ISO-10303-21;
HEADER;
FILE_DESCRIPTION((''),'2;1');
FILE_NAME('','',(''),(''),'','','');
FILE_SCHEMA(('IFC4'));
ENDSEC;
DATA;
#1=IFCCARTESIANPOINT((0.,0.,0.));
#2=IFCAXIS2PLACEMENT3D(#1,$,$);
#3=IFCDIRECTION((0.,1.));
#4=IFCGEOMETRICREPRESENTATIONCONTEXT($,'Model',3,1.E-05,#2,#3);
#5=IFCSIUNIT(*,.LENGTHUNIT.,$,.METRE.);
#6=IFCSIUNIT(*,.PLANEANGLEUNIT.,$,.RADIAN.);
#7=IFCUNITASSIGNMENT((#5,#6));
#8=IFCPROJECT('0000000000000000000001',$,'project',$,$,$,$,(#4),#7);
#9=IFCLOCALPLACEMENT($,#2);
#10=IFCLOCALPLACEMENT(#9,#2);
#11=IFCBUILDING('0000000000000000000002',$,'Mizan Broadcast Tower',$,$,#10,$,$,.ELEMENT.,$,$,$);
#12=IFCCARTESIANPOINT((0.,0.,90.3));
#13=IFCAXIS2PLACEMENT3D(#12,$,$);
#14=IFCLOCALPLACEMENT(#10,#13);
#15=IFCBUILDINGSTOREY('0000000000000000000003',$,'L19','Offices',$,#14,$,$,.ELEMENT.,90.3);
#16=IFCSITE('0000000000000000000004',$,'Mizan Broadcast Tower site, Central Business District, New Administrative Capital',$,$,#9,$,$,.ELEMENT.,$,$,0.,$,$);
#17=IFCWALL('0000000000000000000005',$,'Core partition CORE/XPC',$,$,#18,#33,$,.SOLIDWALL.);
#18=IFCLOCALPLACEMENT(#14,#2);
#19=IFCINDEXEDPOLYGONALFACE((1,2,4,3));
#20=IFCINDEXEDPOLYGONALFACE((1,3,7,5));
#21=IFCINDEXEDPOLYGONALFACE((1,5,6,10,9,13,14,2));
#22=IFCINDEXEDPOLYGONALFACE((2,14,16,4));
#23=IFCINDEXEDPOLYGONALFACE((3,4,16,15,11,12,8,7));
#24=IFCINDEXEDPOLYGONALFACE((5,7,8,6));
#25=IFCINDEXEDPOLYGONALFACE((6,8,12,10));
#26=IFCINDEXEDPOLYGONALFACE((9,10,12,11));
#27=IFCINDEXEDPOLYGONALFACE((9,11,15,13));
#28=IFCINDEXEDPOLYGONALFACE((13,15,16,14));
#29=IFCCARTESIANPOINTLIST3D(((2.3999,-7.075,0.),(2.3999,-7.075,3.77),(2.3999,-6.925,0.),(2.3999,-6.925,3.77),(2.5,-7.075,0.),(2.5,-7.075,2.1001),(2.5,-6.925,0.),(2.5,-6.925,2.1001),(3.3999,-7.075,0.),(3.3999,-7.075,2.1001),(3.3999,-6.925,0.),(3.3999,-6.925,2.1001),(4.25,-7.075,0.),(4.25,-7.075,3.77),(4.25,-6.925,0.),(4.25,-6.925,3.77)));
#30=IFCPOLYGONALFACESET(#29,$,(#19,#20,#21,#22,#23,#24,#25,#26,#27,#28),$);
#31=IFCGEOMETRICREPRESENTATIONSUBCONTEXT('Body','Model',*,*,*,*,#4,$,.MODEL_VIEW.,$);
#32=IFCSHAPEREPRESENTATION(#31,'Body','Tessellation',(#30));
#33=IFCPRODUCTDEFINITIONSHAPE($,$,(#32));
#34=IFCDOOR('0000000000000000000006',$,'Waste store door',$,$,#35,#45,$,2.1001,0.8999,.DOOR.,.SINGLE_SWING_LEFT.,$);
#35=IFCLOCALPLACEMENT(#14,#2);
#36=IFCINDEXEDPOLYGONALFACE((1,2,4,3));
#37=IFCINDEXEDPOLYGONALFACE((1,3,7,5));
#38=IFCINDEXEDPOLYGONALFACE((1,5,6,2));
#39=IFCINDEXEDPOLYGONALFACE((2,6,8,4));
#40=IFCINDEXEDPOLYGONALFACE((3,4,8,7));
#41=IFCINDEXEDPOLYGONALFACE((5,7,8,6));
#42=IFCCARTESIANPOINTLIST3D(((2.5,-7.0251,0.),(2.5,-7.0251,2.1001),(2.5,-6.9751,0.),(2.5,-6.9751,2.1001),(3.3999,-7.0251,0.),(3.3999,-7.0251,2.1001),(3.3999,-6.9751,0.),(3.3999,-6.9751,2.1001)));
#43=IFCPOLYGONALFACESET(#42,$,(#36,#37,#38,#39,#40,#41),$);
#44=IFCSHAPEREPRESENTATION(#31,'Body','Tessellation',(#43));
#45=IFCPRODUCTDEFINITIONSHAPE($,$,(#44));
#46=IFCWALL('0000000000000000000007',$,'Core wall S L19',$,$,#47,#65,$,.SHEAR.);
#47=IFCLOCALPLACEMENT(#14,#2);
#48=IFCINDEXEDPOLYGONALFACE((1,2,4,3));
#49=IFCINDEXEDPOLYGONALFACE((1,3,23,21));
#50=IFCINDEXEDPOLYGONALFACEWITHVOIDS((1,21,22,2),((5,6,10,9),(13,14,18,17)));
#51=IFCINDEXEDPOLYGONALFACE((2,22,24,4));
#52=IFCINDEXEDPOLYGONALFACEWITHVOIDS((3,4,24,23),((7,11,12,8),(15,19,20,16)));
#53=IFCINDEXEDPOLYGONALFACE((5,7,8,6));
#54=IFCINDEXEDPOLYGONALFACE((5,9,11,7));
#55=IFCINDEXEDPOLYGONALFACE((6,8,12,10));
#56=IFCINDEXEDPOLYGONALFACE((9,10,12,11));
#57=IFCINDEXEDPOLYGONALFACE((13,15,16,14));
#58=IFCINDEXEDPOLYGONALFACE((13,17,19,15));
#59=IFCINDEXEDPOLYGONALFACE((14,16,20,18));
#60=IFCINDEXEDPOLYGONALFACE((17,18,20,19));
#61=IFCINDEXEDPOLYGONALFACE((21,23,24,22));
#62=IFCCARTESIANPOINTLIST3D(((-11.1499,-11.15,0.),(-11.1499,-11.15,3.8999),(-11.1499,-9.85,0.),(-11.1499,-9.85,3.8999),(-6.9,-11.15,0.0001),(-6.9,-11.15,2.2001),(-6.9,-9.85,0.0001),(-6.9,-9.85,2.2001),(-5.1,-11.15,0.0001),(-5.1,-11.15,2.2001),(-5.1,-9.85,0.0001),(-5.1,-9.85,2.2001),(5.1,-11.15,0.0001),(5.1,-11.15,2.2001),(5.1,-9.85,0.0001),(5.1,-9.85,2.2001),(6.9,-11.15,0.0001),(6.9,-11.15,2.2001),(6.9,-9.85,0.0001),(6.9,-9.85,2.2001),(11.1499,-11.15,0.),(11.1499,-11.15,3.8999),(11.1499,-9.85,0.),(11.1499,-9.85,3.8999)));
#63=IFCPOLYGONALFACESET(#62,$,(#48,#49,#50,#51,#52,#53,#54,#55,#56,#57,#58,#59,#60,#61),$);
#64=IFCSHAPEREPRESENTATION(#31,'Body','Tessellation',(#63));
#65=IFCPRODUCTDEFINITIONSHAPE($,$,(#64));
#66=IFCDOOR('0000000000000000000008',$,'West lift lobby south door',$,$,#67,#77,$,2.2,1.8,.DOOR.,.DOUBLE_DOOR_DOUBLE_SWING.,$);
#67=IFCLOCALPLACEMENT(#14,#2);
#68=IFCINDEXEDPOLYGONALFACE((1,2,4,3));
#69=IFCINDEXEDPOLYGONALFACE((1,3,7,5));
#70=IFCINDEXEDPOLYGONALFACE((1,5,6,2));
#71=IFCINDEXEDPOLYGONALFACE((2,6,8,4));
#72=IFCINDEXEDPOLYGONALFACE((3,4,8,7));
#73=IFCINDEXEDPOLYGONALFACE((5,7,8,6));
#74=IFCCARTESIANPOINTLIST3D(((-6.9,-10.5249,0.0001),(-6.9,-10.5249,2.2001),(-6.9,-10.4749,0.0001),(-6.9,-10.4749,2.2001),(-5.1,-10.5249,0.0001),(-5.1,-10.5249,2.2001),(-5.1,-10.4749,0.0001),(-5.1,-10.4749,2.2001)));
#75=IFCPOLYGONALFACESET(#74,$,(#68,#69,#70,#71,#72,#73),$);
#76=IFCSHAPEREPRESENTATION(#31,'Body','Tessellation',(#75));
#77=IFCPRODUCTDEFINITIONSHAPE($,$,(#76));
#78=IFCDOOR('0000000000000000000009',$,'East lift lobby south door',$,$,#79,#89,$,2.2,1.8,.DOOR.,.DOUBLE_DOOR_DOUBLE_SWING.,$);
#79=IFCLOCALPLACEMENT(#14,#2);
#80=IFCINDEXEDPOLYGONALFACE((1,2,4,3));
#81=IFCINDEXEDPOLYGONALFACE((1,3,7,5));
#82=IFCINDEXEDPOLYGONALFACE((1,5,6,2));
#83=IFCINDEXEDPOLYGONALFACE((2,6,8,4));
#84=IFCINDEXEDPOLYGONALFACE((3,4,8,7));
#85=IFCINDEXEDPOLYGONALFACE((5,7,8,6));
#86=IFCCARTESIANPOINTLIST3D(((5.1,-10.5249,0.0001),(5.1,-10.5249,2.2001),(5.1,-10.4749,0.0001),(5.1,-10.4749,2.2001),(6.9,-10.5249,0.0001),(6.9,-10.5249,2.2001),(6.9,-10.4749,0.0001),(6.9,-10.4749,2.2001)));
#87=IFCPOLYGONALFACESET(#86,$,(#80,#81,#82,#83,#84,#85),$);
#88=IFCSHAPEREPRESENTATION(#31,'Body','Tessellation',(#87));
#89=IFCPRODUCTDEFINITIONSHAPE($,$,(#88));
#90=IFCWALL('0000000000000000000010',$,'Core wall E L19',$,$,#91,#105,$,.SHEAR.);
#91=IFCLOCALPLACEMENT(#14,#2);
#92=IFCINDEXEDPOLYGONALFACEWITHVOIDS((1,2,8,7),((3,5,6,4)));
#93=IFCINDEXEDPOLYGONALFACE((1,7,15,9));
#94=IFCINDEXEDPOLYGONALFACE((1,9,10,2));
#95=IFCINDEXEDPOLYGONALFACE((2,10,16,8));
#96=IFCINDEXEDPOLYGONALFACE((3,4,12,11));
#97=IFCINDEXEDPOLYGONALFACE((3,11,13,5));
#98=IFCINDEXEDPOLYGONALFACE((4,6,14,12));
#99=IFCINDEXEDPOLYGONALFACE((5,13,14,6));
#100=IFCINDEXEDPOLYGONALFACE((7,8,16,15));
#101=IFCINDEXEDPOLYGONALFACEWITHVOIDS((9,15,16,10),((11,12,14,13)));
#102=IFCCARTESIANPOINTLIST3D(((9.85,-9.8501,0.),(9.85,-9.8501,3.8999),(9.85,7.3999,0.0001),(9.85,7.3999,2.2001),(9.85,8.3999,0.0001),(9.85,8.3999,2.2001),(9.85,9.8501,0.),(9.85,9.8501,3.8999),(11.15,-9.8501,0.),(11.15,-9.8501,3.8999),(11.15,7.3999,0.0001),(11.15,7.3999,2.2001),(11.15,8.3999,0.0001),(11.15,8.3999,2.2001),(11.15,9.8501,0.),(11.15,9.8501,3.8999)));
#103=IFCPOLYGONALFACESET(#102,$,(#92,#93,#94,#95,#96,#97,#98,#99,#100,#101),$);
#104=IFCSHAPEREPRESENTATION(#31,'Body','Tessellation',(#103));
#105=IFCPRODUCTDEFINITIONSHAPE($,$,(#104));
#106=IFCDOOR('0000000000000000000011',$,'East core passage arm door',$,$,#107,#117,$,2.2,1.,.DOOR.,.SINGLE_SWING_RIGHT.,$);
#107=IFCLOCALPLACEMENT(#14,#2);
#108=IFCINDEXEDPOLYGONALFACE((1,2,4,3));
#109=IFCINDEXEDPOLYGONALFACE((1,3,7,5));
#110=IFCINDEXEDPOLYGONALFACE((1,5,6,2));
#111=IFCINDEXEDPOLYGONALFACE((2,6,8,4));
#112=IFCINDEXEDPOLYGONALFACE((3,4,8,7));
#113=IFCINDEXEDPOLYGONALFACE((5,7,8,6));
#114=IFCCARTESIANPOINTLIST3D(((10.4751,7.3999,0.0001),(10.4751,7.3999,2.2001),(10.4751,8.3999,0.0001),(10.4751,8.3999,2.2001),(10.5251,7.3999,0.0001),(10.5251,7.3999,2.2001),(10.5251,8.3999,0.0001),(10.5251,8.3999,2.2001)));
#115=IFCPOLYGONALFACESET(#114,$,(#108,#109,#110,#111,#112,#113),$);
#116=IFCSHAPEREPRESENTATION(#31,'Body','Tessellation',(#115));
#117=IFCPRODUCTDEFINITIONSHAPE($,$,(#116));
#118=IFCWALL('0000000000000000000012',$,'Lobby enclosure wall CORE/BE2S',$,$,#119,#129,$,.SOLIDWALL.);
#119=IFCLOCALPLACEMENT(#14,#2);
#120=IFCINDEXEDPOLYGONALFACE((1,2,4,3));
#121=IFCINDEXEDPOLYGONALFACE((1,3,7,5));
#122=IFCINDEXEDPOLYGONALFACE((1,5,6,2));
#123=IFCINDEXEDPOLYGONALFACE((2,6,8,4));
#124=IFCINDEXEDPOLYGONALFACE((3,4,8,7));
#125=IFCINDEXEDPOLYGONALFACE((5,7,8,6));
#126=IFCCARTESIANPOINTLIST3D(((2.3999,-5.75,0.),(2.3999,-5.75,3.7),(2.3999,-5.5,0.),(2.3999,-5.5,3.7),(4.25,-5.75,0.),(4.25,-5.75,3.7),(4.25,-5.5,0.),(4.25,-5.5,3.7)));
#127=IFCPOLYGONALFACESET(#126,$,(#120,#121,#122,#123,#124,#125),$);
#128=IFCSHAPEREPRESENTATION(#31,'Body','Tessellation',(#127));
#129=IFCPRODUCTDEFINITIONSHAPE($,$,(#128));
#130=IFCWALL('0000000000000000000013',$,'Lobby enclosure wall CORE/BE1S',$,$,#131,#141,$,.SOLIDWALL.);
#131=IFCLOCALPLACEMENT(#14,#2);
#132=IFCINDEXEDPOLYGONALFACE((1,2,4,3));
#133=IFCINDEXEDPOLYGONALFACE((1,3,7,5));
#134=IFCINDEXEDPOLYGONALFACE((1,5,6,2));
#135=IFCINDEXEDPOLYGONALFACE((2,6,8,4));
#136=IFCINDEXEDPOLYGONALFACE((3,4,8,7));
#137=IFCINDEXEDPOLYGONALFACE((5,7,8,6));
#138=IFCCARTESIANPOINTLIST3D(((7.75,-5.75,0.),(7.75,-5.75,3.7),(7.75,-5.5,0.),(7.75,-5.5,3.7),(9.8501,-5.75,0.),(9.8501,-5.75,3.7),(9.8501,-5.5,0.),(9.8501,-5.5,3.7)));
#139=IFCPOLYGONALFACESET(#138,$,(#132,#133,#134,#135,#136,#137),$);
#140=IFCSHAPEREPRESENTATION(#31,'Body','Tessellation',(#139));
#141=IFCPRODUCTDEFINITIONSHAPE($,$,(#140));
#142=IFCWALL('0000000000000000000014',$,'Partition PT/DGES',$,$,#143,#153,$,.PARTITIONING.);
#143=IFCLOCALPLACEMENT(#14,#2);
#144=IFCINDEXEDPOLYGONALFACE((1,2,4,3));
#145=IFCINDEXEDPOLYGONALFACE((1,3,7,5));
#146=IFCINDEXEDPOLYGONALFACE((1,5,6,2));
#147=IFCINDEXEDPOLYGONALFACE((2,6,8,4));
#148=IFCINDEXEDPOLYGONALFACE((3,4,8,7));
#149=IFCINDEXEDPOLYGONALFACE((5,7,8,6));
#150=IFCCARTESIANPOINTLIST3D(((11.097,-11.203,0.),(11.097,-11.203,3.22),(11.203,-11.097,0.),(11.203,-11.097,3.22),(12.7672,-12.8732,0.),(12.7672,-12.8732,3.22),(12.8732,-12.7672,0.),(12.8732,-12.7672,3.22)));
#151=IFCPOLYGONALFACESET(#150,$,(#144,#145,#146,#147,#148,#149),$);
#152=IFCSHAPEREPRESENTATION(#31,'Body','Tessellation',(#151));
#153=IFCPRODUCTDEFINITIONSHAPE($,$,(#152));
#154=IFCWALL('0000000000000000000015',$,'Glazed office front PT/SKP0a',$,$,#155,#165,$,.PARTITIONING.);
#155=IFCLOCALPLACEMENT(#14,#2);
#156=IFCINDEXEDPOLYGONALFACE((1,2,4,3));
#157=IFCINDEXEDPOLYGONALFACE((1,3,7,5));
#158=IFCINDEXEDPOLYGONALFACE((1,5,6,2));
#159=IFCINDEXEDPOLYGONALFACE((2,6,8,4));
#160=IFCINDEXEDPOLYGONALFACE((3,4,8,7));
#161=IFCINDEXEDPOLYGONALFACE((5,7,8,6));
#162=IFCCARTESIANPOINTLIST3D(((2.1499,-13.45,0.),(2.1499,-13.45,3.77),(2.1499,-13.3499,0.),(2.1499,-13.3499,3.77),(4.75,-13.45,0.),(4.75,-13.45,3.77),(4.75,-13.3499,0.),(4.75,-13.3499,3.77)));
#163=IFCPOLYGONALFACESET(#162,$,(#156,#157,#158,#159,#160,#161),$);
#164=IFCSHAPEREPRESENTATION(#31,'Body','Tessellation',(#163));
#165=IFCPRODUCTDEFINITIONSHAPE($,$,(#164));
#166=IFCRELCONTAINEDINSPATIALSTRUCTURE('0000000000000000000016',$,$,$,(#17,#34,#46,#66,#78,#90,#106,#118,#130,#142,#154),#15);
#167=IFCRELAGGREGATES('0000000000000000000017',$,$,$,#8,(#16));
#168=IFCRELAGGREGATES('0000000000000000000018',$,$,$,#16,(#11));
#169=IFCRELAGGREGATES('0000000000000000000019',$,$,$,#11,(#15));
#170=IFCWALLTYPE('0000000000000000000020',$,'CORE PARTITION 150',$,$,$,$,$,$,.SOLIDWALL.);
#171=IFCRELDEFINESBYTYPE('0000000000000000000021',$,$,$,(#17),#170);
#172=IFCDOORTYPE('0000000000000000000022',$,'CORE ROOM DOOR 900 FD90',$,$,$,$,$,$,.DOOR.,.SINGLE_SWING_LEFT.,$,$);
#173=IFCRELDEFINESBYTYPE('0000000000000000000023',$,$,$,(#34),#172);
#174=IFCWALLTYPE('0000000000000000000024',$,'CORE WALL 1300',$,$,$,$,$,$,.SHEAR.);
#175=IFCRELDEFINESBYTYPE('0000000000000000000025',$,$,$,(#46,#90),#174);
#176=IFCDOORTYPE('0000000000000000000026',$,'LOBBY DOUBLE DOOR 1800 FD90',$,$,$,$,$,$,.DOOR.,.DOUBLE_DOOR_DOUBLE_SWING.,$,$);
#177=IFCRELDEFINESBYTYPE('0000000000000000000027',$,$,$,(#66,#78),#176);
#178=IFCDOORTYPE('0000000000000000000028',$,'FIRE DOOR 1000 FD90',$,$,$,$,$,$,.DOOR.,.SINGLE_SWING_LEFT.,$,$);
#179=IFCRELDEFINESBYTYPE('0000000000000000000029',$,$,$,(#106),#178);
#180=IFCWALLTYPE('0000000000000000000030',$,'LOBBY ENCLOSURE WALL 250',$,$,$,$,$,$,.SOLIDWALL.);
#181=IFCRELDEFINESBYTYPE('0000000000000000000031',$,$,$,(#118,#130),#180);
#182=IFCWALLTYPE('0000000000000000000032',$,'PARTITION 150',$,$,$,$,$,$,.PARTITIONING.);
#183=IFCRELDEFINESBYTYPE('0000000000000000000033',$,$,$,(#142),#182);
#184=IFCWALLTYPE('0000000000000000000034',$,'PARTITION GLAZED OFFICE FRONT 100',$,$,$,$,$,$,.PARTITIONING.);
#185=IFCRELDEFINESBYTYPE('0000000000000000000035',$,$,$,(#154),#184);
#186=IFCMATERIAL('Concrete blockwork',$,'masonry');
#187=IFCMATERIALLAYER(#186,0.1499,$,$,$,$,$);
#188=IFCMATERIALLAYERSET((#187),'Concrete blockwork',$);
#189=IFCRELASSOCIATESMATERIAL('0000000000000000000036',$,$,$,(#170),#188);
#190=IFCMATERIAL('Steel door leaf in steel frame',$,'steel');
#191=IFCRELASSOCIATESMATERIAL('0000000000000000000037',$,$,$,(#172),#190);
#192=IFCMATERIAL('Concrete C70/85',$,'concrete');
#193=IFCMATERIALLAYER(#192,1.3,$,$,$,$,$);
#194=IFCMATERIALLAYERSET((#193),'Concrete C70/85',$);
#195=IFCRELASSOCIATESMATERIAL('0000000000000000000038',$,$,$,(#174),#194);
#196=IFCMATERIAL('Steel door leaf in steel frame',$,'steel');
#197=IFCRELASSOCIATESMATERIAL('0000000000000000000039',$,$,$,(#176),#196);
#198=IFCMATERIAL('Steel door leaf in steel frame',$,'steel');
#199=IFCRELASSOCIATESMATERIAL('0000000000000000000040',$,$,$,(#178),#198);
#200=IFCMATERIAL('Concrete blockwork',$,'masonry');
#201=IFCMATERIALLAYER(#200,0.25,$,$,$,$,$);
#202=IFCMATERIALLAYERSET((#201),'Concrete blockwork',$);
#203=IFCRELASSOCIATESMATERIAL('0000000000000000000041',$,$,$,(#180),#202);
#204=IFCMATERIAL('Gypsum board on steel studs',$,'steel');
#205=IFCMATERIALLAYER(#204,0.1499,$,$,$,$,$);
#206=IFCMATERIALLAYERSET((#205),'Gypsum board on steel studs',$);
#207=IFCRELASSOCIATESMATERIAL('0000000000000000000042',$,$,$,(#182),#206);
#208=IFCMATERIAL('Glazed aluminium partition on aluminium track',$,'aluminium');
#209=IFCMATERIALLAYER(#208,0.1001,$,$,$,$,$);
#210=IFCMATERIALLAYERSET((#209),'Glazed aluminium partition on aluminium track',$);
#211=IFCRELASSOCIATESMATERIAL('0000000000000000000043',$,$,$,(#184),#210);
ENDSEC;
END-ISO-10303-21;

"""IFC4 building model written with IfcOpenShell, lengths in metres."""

from ifc_helpers import new_model, si_unit, direction, frame, frame_2d, origin, place, context, subcontext, project, spatial, rectangle, extrude, material, layer, layer_set, type_object, element, fill, save


model = new_model("IFC4")

# Units and contexts
model_context = context("Model", 3, precision=1e-05, world=origin(), true_north=direction((0.0, 1.0)))
body_context = subcontext(model_context, "Body", "Model", "MODEL_VIEW")
ifc_project = project(units=[si_unit("LENGTHUNIT", "METRE"), si_unit("PLANEANGLEUNIT", "RADIAN")], contexts=[model_context])

# Site, building, storey
site_placement = place(None, origin())
site = spatial("IfcSite", under=ifc_project, at=site_placement, Name="Mizan Broadcast Tower site, Central Business District, New Administrative Capital", CompositionType="ELEMENT", RefElevation=0.0)
building_placement = place(site_placement, origin())
building = spatial("IfcBuilding", under=site, at=building_placement, Name="Mizan Broadcast Tower", CompositionType="ELEMENT")
storey_placement = place(building_placement, frame((0.0, 0.0, 90.3)))
storey = spatial("IfcBuildingStorey", under=building, at=storey_placement, Name="L19", Description="Offices", CompositionType="ELEMENT", Elevation=90.3)

# Wall, opening, door
ifc_material_1 = material(Name="Concrete blockwork", Category="masonry")
ifc_layer_1 = layer(ifc_material_1, 0.1499)
ifc_layer_set_1 = layer_set([ifc_layer_1], Name="Concrete blockwork")
wall_type_1 = type_object("IfcWallType", Name="CORE PARTITION 150", PredefinedType="SOLIDWALL", material=ifc_layer_set_1)
wall_1_placement = place(storey_placement, frame((2.3999, -7.0, 0.0), z_axis=(0.0, 0.0, 1.0), x_axis=(1.0, 0.0, 0.0)))
wall_1 = element("IfcWall", 1, at=wall_1_placement, inside=storey, type_object=wall_type_1, Name="Core partition CORE/XPC", PredefinedType="SOLIDWALL", context=body_context, shape_type="SweptSolid", body=[
    extrude(rectangle(XDim=1.8501, YDim=0.1499, at=frame_2d((0.925, 0.0))), origin(), (0.0, 0.0, 1.0), 3.77),
])
opening_1_placement = place(wall_1_placement, frame((0.1001, 0.0, 0.0)))
opening_1 = element("IfcOpeningElement", 2, at=opening_1_placement, cuts=wall_1, PredefinedType="OPENING", context=body_context, shape_type="SweptSolid", body=[
    extrude(rectangle(XDim=0.8999, YDim=2.1001, at=frame_2d((0.45, 1.05))), frame((0.0, 0.085, 0.0), z_axis=(0.0, -1.0, 0.0), x_axis=(1.0, 0.0, 0.0)), (0.0, 0.0, 1.0), 0.1699),
])
ifc_material_2 = material(Name="Steel door leaf in steel frame", Category="steel")
door_type_1 = type_object("IfcDoorType", Name="CORE ROOM DOOR 900 FD90", OperationType="SINGLE_SWING_LEFT", PredefinedType="DOOR", material=ifc_material_2)
door_1_placement = place(opening_1_placement, origin())
door_1 = element("IfcDoor", 3, at=door_1_placement, inside=storey, type_object=door_type_1, Name="Waste store door", OperationType="SINGLE_SWING_LEFT", OverallHeight=2.1001, OverallWidth=0.8999, PredefinedType="DOOR", context=body_context, shape_type="SweptSolid", body=[
    extrude(rectangle(XDim=0.8999, YDim=2.1001, at=frame_2d((0.45, 1.05))), frame((0.0, 0.0249, 0.0), z_axis=(0.0, -1.0, 0.0), x_axis=(1.0, 0.0, 0.0)), (0.0, 0.0, 1.0), 0.05),
])
fill(opening_1, door_1)

# Wall, openings, doors
ifc_material_3 = material(Name="Concrete C70/85", Category="concrete")
ifc_layer_2 = layer(ifc_material_3, 1.3)
ifc_layer_set_2 = layer_set([ifc_layer_2], Name="Concrete C70/85")
wall_type_2 = type_object("IfcWallType", Name="CORE WALL 1300", PredefinedType="SHEAR", material=ifc_layer_set_2)
wall_2_placement = place(storey_placement, frame((11.1499, -10.5, 0.0), z_axis=(0.0, 0.0, 1.0), x_axis=(-1.0, 0.0, 0.0)))
wall_2 = element("IfcWall", 4, at=wall_2_placement, inside=storey, type_object=wall_type_2, Name="Core wall S L19", PredefinedType="SHEAR", context=body_context, shape_type="SweptSolid", body=[
    extrude(rectangle(XDim=22.2998, YDim=1.3, at=frame_2d((11.1499, 0.0))), origin(), (0.0, 0.0, 1.0), 3.8999),
])
opening_2_placement = place(wall_2_placement, frame((16.25, 0.0, 0.0)))
opening_2 = element("IfcOpeningElement", 5, at=opening_2_placement, cuts=wall_2, PredefinedType="OPENING", context=body_context, shape_type="SweptSolid", body=[
    extrude(rectangle(XDim=1.8, YDim=2.2, at=frame_2d((0.8999, 1.1001))), frame((0.0, 0.6599, 0.0), z_axis=(0.0, -1.0, 0.0), x_axis=(1.0, 0.0, 0.0)), (0.0, 0.0, 1.0), 1.3201),
])
opening_3_placement = place(wall_2_placement, frame((4.25, 0.0, 0.0)))
opening_3 = element("IfcOpeningElement", 6, at=opening_3_placement, cuts=wall_2, PredefinedType="OPENING", context=body_context, shape_type="SweptSolid", body=[
    extrude(rectangle(XDim=1.8, YDim=2.2, at=frame_2d((0.8999, 1.1001))), frame((0.0, 0.6599, 0.0), z_axis=(0.0, -1.0, 0.0), x_axis=(1.0, 0.0, 0.0)), (0.0, 0.0, 1.0), 1.3201),
])
ifc_material_4 = material(Name="Steel door leaf in steel frame", Category="steel")
door_type_2 = type_object("IfcDoorType", Name="LOBBY DOUBLE DOOR 1800 FD90", OperationType="DOUBLE_DOOR_DOUBLE_SWING", PredefinedType="DOOR", material=ifc_material_4)
door_2_placement = place(opening_2_placement, origin())
door_2 = element("IfcDoor", 7, at=door_2_placement, inside=storey, type_object=door_type_2, Name="West lift lobby south door", OperationType="DOUBLE_DOOR_DOUBLE_SWING", OverallHeight=2.2, OverallWidth=1.8, PredefinedType="DOOR", context=body_context, shape_type="SweptSolid", body=[
    extrude(rectangle(XDim=1.8, YDim=2.2, at=frame_2d((0.8999, 1.1001))), frame((0.0, 0.0249, 0.0), z_axis=(0.0, -1.0, 0.0), x_axis=(1.0, 0.0, 0.0)), (0.0, 0.0, 1.0), 0.05),
])
fill(opening_2, door_2)
door_3_placement = place(opening_3_placement, origin())
door_3 = element("IfcDoor", 8, at=door_3_placement, inside=storey, type_object=door_type_2, Name="East lift lobby south door", OperationType="DOUBLE_DOOR_DOUBLE_SWING", OverallHeight=2.2, OverallWidth=1.8, PredefinedType="DOOR", context=body_context, shape_type="SweptSolid", body=[
    extrude(rectangle(XDim=1.8, YDim=2.2, at=frame_2d((0.8999, 1.1001))), frame((0.0, 0.0249, 0.0), z_axis=(0.0, -1.0, 0.0), x_axis=(1.0, 0.0, 0.0)), (0.0, 0.0, 1.0), 0.05),
])
fill(opening_3, door_3)

# Wall, opening, door
wall_3_placement = place(storey_placement, frame((10.5, -9.8501, 0.0), z_axis=(0.0, 0.0, 1.0), x_axis=(0.0, 1.0, 0.0)))
wall_3 = element("IfcWall", 9, at=wall_3_placement, inside=storey, type_object=wall_type_2, Name="Core wall E L19", PredefinedType="SHEAR", context=body_context, shape_type="SweptSolid", body=[
    extrude(rectangle(XDim=19.7002, YDim=1.3, at=frame_2d((9.8501, 0.0))), origin(), (0.0, 0.0, 1.0), 3.8999),
])
opening_4_placement = place(wall_3_placement, frame((17.25, 0.0, 0.0)))
opening_4 = element("IfcOpeningElement", 10, at=opening_4_placement, cuts=wall_3, PredefinedType="OPENING", context=body_context, shape_type="SweptSolid", body=[
    extrude(rectangle(XDim=1.0, YDim=2.2, at=frame_2d((0.5, 1.1001))), frame((0.0, 0.6599, 0.0), z_axis=(0.0, -1.0, 0.0), x_axis=(1.0, 0.0, 0.0)), (0.0, 0.0, 1.0), 1.3201),
])
ifc_material_5 = material(Name="Steel door leaf in steel frame", Category="steel")
door_type_3 = type_object("IfcDoorType", Name="FIRE DOOR 1000 FD90", OperationType="SINGLE_SWING_LEFT", PredefinedType="DOOR", material=ifc_material_5)
door_4_placement = place(opening_4_placement, origin())
door_4 = element("IfcDoor", 11, at=door_4_placement, inside=storey, type_object=door_type_3, Name="East core passage arm door", OperationType="SINGLE_SWING_RIGHT", OverallHeight=2.2, OverallWidth=1.0, PredefinedType="DOOR", context=body_context, shape_type="SweptSolid", body=[
    extrude(rectangle(XDim=1.0, YDim=2.2, at=frame_2d((0.5, 1.1001))), frame((0.0, 0.0249, 0.0), z_axis=(0.0, -1.0, 0.0), x_axis=(1.0, 0.0, 0.0)), (0.0, 0.0, 1.0), 0.05),
])
fill(opening_4, door_4)

# Walls
ifc_material_6 = material(Name="Concrete blockwork", Category="masonry")
ifc_layer_3 = layer(ifc_material_6, 0.25)
ifc_layer_set_3 = layer_set([ifc_layer_3], Name="Concrete blockwork")
wall_type_3 = type_object("IfcWallType", Name="LOBBY ENCLOSURE WALL 250", PredefinedType="SOLIDWALL", material=ifc_layer_set_3)
wall_4_placement = place(storey_placement, frame((2.3999, -5.625, 0.0), z_axis=(0.0, 0.0, 1.0), x_axis=(1.0, 0.0, 0.0)))
element("IfcWall", 12, at=wall_4_placement, inside=storey, type_object=wall_type_3, Name="Lobby enclosure wall CORE/BE2S", PredefinedType="SOLIDWALL", context=body_context, shape_type="SweptSolid", body=[
    extrude(rectangle(XDim=1.8501, YDim=0.25, at=frame_2d((0.925, 0.0))), origin(), (0.0, 0.0, 1.0), 3.7),
])
wall_5_placement = place(storey_placement, frame((7.75, -5.625, 0.0), z_axis=(0.0, 0.0, 1.0), x_axis=(1.0, 0.0, 0.0)))
element("IfcWall", 13, at=wall_5_placement, inside=storey, type_object=wall_type_3, Name="Lobby enclosure wall CORE/BE1S", PredefinedType="SOLIDWALL", context=body_context, shape_type="SweptSolid", body=[
    extrude(rectangle(XDim=2.1001, YDim=0.25, at=frame_2d((1.05, 0.0))), origin(), (0.0, 0.0, 1.0), 3.7),
])
ifc_material_7 = material(Name="Gypsum board on steel studs", Category="steel")
ifc_layer_4 = layer(ifc_material_7, 0.1499)
ifc_layer_set_4 = layer_set([ifc_layer_4], Name="Gypsum board on steel studs")
wall_type_4 = type_object("IfcWallType", Name="PARTITION 150", PredefinedType="PARTITIONING", material=ifc_layer_set_4)
wall_6_placement = place(storey_placement, frame((11.1499, -11.1499, 0.0), z_axis=(0.0, 0.0, 1.0), x_axis=(0.707107, -0.707107, 0.0)))
element("IfcWall", 14, at=wall_6_placement, inside=storey, type_object=wall_type_4, Name="Partition PT/DGES", PredefinedType="PARTITIONING", context=body_context, shape_type="SweptSolid", body=[
    extrude(rectangle(XDim=2.3621, YDim=0.1499, at=frame_2d((1.1812, 0.0))), origin(), (0.0, 0.0, 1.0), 3.22),
])
ifc_material_8 = material(Name="Glazed aluminium partition on aluminium track", Category="aluminium")
ifc_layer_5 = layer(ifc_material_8, 0.1001)
ifc_layer_set_5 = layer_set([ifc_layer_5], Name="Glazed aluminium partition on aluminium track")
wall_type_5 = type_object("IfcWallType", Name="PARTITION GLAZED OFFICE FRONT 100", PredefinedType="PARTITIONING", material=ifc_layer_set_5)
for number, where, z_axis, x_axis, name in (
    (15, (2.1499, -13.3999, 0.0), (0.0, 0.0, 1.0), (1.0, 0.0, 0.0), "Glazed office front PT/SKP0a"),
):
    element("IfcWall", number, at=place(storey_placement, frame(where, z_axis=z_axis, x_axis=x_axis)), inside=storey, type_object=wall_type_5, Name=name, PredefinedType="PARTITIONING", context=body_context, shape_type="SweptSolid", body=[
        extrude(rectangle(XDim=2.6001, YDim=0.1001, at=frame_2d((1.3, 0.0))), origin(), (0.0, 0.0, 1.0), 3.77),
    ])

save(model, "model.ifc")
